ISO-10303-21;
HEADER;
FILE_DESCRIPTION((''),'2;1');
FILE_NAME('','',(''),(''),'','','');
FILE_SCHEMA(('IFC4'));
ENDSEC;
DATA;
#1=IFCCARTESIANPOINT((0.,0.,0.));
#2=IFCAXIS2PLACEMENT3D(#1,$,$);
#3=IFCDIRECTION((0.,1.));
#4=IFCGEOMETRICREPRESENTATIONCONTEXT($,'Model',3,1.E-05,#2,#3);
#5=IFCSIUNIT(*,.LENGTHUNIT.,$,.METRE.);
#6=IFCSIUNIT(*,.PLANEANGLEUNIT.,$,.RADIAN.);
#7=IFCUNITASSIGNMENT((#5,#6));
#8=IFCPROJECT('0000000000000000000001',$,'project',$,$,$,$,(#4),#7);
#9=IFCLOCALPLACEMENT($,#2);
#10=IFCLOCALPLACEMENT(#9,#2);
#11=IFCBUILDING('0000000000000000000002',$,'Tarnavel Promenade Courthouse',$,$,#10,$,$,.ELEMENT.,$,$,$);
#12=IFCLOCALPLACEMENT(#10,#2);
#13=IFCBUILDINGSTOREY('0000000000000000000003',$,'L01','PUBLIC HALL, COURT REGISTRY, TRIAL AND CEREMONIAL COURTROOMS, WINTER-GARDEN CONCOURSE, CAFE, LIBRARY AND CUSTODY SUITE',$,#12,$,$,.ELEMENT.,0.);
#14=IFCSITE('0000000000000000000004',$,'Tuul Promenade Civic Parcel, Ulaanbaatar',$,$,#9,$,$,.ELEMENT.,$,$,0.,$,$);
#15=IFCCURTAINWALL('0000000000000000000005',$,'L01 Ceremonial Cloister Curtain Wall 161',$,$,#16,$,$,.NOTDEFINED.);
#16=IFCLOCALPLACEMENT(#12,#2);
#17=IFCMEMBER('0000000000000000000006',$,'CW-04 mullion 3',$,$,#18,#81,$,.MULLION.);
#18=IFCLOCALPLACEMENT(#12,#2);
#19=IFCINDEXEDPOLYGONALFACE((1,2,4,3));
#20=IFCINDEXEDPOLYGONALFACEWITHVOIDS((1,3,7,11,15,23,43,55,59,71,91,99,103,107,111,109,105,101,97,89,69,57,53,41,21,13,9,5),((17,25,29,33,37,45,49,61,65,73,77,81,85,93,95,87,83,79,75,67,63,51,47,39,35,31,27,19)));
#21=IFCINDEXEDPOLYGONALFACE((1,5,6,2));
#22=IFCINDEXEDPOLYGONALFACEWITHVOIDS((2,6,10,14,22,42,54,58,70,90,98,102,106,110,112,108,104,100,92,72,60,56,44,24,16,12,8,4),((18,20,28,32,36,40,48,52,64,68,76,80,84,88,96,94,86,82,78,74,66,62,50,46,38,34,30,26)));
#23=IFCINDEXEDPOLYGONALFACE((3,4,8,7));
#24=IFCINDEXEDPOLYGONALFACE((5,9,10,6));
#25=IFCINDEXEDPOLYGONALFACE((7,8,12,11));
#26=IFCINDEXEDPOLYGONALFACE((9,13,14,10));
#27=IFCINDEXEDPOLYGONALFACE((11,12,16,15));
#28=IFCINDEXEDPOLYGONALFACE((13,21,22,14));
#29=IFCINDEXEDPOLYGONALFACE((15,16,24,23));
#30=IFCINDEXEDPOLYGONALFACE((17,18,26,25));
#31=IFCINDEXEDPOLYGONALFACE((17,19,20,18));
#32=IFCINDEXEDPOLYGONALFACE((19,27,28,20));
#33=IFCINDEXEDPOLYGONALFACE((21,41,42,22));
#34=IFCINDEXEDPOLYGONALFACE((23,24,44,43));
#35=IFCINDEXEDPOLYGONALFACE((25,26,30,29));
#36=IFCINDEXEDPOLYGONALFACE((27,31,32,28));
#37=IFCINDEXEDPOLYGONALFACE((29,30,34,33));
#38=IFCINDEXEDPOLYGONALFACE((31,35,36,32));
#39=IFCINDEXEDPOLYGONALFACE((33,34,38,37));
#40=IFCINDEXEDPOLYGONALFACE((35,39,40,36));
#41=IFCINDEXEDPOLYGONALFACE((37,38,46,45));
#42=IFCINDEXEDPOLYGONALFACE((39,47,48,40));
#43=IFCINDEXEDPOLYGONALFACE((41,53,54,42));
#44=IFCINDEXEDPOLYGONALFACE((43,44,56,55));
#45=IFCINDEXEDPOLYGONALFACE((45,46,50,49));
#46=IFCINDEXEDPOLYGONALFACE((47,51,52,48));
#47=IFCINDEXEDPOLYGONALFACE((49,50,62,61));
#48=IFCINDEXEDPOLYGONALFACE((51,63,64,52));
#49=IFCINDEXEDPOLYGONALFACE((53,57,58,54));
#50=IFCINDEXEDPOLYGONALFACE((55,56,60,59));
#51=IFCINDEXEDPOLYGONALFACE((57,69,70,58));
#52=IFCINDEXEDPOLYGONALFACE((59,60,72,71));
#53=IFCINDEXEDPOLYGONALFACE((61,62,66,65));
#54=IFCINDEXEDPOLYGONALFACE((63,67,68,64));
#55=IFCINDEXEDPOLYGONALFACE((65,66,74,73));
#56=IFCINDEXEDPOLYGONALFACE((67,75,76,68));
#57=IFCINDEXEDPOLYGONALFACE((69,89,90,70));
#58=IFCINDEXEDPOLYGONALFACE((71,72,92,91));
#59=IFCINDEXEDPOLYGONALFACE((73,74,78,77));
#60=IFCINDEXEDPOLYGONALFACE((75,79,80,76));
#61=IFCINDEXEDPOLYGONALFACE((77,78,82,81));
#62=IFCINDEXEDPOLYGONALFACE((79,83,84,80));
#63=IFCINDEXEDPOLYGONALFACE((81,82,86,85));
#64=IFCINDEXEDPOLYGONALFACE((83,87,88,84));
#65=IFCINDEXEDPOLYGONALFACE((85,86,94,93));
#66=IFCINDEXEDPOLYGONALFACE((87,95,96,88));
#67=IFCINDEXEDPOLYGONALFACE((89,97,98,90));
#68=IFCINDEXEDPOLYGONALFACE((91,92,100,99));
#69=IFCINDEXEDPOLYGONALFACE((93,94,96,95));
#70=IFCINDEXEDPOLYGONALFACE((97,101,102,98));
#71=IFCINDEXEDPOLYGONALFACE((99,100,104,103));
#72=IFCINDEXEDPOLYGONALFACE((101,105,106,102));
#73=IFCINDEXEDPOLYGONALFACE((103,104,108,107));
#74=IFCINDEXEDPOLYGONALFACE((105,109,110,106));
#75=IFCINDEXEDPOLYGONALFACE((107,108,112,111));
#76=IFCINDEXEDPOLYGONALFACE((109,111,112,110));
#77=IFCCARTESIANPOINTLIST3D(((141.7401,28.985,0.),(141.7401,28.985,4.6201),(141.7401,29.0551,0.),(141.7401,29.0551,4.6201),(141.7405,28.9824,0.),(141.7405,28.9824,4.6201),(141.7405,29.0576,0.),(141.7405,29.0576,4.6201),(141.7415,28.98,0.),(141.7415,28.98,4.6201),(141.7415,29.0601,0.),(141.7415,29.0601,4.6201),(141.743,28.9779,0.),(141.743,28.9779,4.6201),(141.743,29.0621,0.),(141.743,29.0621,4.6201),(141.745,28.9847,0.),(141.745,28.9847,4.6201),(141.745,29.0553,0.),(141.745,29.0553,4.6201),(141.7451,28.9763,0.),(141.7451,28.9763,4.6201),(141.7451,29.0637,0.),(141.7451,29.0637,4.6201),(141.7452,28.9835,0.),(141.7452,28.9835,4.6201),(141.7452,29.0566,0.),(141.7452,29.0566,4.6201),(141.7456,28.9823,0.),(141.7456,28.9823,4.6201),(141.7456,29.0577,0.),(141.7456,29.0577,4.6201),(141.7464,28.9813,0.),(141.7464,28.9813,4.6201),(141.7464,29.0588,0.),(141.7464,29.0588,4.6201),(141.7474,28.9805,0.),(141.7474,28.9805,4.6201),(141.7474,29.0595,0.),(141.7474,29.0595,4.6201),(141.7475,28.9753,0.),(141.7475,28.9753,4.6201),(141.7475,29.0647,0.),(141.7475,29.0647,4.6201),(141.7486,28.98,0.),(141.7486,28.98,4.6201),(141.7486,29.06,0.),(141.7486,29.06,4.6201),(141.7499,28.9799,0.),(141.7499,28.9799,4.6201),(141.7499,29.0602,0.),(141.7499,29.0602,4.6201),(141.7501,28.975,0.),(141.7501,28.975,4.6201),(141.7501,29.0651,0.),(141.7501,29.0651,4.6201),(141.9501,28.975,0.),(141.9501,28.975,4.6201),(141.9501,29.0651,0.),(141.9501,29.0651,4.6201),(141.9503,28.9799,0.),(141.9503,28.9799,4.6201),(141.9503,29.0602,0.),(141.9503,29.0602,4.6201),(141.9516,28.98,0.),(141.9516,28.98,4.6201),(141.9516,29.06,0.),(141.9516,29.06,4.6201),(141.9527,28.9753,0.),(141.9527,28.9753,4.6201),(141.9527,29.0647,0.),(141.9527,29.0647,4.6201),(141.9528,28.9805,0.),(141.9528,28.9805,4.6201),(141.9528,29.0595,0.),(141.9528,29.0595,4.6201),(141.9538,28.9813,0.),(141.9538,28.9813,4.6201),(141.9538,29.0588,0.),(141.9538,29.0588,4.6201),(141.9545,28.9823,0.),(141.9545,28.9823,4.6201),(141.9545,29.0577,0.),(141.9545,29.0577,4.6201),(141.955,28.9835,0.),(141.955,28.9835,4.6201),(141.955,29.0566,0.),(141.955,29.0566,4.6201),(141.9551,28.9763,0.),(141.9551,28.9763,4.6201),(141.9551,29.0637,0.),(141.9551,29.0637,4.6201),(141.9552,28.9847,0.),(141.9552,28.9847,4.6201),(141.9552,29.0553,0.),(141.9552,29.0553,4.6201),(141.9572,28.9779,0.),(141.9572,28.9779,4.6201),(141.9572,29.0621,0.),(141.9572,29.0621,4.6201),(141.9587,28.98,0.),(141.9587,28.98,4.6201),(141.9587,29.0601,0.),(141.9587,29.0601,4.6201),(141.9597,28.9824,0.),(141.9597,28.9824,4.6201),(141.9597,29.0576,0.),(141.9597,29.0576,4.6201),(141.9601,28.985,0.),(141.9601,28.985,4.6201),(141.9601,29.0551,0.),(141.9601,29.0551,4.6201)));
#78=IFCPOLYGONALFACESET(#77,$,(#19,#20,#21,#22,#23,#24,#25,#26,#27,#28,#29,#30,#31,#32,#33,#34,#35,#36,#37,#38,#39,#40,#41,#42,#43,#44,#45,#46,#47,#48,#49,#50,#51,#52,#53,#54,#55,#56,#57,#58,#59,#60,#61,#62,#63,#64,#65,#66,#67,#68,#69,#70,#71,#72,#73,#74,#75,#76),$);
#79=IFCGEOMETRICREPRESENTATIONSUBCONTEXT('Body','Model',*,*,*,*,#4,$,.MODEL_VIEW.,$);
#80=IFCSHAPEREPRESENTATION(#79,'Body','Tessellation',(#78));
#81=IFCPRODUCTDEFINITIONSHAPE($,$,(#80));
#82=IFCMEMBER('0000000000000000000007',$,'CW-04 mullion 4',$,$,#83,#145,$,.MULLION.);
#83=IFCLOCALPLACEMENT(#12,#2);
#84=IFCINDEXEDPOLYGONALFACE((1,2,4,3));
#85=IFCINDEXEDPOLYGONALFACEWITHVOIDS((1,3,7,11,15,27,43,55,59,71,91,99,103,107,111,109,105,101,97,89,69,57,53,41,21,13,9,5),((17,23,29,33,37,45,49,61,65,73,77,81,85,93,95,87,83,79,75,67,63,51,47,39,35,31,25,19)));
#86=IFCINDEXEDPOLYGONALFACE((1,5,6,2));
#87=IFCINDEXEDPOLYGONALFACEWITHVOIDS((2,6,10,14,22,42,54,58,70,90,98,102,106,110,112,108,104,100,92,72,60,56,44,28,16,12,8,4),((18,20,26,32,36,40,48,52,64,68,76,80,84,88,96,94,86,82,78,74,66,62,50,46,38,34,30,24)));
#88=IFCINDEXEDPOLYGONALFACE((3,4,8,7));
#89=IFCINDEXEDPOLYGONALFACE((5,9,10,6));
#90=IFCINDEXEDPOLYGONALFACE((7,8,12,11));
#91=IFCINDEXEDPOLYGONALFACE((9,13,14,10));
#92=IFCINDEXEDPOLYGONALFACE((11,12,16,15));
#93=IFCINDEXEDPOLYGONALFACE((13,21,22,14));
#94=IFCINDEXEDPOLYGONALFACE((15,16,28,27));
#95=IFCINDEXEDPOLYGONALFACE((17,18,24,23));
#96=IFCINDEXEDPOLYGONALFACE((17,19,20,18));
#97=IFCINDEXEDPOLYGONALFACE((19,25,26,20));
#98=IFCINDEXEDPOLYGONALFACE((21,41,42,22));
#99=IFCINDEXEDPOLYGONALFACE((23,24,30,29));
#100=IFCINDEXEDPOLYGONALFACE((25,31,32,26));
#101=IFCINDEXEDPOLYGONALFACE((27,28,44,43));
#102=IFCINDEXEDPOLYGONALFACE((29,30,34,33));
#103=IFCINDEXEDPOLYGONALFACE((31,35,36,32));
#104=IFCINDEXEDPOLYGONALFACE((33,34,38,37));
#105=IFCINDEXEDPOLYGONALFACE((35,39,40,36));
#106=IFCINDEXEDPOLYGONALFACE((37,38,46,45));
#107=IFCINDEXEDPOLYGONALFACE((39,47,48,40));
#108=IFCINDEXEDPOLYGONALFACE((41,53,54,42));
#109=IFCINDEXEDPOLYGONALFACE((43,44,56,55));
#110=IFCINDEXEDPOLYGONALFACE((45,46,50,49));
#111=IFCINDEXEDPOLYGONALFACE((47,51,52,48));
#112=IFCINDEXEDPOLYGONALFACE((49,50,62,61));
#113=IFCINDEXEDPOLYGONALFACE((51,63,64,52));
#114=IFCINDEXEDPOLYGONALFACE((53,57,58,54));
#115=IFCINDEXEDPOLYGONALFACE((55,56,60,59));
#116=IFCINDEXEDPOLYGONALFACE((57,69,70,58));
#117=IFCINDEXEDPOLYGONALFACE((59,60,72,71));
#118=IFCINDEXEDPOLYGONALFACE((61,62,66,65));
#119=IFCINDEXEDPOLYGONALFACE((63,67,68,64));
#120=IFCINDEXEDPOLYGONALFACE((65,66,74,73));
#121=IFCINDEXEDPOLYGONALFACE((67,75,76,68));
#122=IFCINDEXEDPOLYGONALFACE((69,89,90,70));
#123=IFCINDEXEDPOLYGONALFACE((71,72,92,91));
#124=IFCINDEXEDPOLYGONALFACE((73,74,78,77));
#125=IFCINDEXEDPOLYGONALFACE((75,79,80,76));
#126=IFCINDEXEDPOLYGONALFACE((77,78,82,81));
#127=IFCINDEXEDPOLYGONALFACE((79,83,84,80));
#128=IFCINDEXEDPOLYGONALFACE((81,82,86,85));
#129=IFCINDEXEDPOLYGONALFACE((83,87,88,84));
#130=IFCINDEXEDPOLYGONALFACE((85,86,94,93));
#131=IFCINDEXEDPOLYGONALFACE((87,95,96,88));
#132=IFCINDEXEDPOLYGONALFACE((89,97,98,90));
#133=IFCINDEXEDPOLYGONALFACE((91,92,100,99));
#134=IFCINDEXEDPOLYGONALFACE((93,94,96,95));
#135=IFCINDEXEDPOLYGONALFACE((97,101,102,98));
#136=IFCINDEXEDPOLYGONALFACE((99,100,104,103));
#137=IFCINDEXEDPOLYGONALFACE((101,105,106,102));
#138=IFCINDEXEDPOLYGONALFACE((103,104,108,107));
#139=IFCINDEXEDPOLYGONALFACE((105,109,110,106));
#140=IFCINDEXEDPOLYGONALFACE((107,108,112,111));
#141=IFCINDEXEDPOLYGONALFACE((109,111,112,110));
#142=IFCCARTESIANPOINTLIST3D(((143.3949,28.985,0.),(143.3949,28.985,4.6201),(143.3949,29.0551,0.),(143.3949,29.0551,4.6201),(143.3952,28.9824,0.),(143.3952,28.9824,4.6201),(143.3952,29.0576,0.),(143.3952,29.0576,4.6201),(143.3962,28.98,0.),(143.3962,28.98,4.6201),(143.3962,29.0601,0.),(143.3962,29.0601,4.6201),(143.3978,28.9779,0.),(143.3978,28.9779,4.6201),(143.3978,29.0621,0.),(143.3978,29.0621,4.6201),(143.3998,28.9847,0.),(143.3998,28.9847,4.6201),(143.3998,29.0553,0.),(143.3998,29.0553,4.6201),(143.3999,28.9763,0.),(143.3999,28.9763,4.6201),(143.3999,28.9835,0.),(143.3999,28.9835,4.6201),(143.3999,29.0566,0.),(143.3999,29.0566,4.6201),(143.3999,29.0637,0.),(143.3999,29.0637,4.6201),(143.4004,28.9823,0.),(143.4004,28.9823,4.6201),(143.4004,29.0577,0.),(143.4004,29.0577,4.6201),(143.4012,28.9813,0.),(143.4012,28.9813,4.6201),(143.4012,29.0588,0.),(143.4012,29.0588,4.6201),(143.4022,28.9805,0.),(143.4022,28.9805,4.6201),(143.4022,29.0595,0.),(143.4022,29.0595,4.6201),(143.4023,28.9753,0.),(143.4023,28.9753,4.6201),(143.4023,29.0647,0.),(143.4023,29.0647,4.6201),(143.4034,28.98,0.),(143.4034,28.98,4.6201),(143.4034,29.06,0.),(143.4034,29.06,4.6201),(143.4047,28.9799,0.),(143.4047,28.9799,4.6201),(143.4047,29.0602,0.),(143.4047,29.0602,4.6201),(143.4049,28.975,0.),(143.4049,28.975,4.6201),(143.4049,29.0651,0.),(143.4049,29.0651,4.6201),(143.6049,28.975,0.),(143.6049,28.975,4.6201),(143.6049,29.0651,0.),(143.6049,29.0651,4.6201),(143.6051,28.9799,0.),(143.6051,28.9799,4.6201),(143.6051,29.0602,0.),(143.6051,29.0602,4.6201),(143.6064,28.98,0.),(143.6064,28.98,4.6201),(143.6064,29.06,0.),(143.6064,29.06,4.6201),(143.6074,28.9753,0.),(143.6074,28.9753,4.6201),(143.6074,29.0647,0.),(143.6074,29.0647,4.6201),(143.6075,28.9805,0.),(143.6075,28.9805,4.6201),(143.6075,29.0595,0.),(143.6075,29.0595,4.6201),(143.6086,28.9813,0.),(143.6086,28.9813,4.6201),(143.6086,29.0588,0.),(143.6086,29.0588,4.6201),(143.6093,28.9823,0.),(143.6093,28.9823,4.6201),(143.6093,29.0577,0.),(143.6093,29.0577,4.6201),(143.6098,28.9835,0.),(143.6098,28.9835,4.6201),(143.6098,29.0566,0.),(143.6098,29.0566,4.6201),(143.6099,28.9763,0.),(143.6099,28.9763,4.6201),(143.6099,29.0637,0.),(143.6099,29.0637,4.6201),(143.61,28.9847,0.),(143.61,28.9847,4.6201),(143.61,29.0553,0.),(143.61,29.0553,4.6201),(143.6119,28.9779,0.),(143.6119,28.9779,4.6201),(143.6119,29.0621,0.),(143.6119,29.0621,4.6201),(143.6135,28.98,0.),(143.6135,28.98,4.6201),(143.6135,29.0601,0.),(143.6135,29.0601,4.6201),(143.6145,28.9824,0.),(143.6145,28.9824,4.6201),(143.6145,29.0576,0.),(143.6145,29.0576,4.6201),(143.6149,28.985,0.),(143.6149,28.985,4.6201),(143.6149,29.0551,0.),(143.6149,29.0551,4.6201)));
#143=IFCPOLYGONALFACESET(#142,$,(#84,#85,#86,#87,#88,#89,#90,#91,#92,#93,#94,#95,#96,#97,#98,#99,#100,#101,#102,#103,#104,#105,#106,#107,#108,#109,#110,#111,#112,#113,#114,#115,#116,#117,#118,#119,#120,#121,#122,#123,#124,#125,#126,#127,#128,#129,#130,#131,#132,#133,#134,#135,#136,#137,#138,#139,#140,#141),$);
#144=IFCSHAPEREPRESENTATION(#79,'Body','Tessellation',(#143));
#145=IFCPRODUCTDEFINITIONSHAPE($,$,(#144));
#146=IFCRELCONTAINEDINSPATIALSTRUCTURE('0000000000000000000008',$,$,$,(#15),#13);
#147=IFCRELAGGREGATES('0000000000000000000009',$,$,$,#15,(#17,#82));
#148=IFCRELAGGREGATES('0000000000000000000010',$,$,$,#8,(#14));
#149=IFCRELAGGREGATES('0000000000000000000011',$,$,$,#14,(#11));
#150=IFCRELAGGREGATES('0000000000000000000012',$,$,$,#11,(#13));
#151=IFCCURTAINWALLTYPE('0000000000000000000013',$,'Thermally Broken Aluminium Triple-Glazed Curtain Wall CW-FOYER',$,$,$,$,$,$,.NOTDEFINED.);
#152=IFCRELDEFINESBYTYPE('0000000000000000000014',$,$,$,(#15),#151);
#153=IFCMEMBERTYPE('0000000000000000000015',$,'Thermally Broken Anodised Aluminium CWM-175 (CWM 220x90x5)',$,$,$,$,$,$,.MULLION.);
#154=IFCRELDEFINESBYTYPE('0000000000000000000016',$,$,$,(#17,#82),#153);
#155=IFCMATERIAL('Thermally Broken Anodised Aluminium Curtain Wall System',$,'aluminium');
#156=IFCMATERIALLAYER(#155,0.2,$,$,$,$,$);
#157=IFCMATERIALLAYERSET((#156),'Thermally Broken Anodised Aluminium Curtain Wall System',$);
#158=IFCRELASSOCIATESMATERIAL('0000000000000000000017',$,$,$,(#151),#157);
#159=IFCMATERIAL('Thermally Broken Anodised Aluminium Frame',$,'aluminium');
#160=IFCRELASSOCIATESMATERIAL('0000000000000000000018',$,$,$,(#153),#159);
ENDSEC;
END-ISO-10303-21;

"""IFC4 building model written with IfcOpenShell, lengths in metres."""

from ifc_helpers import new_model, si_unit, direction, frame, origin, origin_2d, place, context, subcontext, project, spatial, hollow_rectangle, extrude, material, layer, layer_set, material_profile, profile_set, type_object, element, aggregate, save


model = new_model("IFC4")

# Units and contexts
model_context = context("Model", 3, precision=1e-05, world=origin(), true_north=direction((0.0, 1.0)))
body_context = subcontext(model_context, "Body", "Model", "MODEL_VIEW")
ifc_project = project(units=[si_unit("LENGTHUNIT", "METRE"), si_unit("PLANEANGLEUNIT", "RADIAN")], contexts=[model_context])

# Site, building, storey
site_placement = place(None, origin())
site = spatial("IfcSite", under=ifc_project, at=site_placement, Name="Tuul Promenade Civic Parcel, Ulaanbaatar", CompositionType="ELEMENT", RefElevation=0.0)
building_placement = place(site_placement, origin())
building = spatial("IfcBuilding", under=site, at=building_placement, Name="Tarnavel Promenade Courthouse", CompositionType="ELEMENT")
storey_placement = place(building_placement, origin())
storey = spatial("IfcBuildingStorey", under=building, at=storey_placement, Name="L01", Description="PUBLIC HALL, COURT REGISTRY, TRIAL AND CEREMONIAL COURTROOMS, WINTER-GARDEN CONCOURSE, CAFE, LIBRARY AND CUSTODY SUITE", CompositionType="ELEMENT", Elevation=0.0)

# Curtain wall, members
ifc_material_1 = material(Name="Thermally Broken Anodised Aluminium Curtain Wall System", Category="aluminium")
ifc_layer_1 = layer(ifc_material_1, 0.2)
ifc_layer_set_1 = layer_set([ifc_layer_1], Name="Thermally Broken Anodised Aluminium Curtain Wall System")
curtain_wall_type = type_object("IfcCurtainWallType", Name="Thermally Broken Aluminium Triple-Glazed Curtain Wall CW-FOYER", PredefinedType="NOTDEFINED", material=ifc_layer_set_1)
ifc_material_2 = material(Name="Thermally Broken Anodised Aluminium Frame", Category="aluminium")
ifc_material_profile_1 = material_profile(ifc_material_2, hollow_rectangle(XDim=0.0901, YDim=0.22, WallThickness=0.0049, InnerFilletRadius=0.0049, OuterFilletRadius=0.01, at=origin_2d()), Name="CWM 220x90x5")
ifc_profile_set_1 = profile_set([ifc_material_profile_1], Name="Thermally Broken Anodised Aluminium Frame")
member_type_1 = type_object("IfcMemberType", Name="Thermally Broken Anodised Aluminium CWM-175 (CWM 220x90x5)", PredefinedType="MULLION", material=ifc_profile_set_1)
curtain_wall_1_placement = place(storey_placement, origin())
curtain_wall_1 = element("IfcCurtainWall", 1, at=curtain_wall_1_placement, inside=storey, type_object=curtain_wall_type, Name="L01 Ceremonial Cloister Curtain Wall 161", PredefinedType="NOTDEFINED")
member_1_placement = place(storey_placement, frame((141.8501, 29.02, 0.0), z_axis=(0.0, 0.0, 1.0), x_axis=(0.0, 1.0, 0.0)))
member_1 = element("IfcMember", 2, at=member_1_placement, type_object=member_type_1, Name="CW-04 mullion 3", PredefinedType="MULLION", context=body_context, shape_type="SweptSolid", body=[
    extrude(hollow_rectangle(XDim=0.0901, YDim=0.22, WallThickness=0.0049, InnerFilletRadius=0.0049, OuterFilletRadius=0.01, at=origin_2d()), origin(), (0.0, 0.0, 1.0), 4.6201),
])
member_2_placement = place(storey_placement, frame((143.5049, 29.02, 0.0), z_axis=(0.0, 0.0, 1.0), x_axis=(0.0, 1.0, 0.0)))
member_2 = element("IfcMember", 3, at=member_2_placement, type_object=member_type_1, Name="CW-04 mullion 4", PredefinedType="MULLION", context=body_context, shape_type="SweptSolid", body=[
    extrude(hollow_rectangle(XDim=0.0901, YDim=0.22, WallThickness=0.0049, InnerFilletRadius=0.0049, OuterFilletRadius=0.01, at=origin_2d()), origin(), (0.0, 0.0, 1.0), 4.6201),
])

aggregate(curtain_wall_1, [member_1, member_2])

save(model, "model.ifc")
